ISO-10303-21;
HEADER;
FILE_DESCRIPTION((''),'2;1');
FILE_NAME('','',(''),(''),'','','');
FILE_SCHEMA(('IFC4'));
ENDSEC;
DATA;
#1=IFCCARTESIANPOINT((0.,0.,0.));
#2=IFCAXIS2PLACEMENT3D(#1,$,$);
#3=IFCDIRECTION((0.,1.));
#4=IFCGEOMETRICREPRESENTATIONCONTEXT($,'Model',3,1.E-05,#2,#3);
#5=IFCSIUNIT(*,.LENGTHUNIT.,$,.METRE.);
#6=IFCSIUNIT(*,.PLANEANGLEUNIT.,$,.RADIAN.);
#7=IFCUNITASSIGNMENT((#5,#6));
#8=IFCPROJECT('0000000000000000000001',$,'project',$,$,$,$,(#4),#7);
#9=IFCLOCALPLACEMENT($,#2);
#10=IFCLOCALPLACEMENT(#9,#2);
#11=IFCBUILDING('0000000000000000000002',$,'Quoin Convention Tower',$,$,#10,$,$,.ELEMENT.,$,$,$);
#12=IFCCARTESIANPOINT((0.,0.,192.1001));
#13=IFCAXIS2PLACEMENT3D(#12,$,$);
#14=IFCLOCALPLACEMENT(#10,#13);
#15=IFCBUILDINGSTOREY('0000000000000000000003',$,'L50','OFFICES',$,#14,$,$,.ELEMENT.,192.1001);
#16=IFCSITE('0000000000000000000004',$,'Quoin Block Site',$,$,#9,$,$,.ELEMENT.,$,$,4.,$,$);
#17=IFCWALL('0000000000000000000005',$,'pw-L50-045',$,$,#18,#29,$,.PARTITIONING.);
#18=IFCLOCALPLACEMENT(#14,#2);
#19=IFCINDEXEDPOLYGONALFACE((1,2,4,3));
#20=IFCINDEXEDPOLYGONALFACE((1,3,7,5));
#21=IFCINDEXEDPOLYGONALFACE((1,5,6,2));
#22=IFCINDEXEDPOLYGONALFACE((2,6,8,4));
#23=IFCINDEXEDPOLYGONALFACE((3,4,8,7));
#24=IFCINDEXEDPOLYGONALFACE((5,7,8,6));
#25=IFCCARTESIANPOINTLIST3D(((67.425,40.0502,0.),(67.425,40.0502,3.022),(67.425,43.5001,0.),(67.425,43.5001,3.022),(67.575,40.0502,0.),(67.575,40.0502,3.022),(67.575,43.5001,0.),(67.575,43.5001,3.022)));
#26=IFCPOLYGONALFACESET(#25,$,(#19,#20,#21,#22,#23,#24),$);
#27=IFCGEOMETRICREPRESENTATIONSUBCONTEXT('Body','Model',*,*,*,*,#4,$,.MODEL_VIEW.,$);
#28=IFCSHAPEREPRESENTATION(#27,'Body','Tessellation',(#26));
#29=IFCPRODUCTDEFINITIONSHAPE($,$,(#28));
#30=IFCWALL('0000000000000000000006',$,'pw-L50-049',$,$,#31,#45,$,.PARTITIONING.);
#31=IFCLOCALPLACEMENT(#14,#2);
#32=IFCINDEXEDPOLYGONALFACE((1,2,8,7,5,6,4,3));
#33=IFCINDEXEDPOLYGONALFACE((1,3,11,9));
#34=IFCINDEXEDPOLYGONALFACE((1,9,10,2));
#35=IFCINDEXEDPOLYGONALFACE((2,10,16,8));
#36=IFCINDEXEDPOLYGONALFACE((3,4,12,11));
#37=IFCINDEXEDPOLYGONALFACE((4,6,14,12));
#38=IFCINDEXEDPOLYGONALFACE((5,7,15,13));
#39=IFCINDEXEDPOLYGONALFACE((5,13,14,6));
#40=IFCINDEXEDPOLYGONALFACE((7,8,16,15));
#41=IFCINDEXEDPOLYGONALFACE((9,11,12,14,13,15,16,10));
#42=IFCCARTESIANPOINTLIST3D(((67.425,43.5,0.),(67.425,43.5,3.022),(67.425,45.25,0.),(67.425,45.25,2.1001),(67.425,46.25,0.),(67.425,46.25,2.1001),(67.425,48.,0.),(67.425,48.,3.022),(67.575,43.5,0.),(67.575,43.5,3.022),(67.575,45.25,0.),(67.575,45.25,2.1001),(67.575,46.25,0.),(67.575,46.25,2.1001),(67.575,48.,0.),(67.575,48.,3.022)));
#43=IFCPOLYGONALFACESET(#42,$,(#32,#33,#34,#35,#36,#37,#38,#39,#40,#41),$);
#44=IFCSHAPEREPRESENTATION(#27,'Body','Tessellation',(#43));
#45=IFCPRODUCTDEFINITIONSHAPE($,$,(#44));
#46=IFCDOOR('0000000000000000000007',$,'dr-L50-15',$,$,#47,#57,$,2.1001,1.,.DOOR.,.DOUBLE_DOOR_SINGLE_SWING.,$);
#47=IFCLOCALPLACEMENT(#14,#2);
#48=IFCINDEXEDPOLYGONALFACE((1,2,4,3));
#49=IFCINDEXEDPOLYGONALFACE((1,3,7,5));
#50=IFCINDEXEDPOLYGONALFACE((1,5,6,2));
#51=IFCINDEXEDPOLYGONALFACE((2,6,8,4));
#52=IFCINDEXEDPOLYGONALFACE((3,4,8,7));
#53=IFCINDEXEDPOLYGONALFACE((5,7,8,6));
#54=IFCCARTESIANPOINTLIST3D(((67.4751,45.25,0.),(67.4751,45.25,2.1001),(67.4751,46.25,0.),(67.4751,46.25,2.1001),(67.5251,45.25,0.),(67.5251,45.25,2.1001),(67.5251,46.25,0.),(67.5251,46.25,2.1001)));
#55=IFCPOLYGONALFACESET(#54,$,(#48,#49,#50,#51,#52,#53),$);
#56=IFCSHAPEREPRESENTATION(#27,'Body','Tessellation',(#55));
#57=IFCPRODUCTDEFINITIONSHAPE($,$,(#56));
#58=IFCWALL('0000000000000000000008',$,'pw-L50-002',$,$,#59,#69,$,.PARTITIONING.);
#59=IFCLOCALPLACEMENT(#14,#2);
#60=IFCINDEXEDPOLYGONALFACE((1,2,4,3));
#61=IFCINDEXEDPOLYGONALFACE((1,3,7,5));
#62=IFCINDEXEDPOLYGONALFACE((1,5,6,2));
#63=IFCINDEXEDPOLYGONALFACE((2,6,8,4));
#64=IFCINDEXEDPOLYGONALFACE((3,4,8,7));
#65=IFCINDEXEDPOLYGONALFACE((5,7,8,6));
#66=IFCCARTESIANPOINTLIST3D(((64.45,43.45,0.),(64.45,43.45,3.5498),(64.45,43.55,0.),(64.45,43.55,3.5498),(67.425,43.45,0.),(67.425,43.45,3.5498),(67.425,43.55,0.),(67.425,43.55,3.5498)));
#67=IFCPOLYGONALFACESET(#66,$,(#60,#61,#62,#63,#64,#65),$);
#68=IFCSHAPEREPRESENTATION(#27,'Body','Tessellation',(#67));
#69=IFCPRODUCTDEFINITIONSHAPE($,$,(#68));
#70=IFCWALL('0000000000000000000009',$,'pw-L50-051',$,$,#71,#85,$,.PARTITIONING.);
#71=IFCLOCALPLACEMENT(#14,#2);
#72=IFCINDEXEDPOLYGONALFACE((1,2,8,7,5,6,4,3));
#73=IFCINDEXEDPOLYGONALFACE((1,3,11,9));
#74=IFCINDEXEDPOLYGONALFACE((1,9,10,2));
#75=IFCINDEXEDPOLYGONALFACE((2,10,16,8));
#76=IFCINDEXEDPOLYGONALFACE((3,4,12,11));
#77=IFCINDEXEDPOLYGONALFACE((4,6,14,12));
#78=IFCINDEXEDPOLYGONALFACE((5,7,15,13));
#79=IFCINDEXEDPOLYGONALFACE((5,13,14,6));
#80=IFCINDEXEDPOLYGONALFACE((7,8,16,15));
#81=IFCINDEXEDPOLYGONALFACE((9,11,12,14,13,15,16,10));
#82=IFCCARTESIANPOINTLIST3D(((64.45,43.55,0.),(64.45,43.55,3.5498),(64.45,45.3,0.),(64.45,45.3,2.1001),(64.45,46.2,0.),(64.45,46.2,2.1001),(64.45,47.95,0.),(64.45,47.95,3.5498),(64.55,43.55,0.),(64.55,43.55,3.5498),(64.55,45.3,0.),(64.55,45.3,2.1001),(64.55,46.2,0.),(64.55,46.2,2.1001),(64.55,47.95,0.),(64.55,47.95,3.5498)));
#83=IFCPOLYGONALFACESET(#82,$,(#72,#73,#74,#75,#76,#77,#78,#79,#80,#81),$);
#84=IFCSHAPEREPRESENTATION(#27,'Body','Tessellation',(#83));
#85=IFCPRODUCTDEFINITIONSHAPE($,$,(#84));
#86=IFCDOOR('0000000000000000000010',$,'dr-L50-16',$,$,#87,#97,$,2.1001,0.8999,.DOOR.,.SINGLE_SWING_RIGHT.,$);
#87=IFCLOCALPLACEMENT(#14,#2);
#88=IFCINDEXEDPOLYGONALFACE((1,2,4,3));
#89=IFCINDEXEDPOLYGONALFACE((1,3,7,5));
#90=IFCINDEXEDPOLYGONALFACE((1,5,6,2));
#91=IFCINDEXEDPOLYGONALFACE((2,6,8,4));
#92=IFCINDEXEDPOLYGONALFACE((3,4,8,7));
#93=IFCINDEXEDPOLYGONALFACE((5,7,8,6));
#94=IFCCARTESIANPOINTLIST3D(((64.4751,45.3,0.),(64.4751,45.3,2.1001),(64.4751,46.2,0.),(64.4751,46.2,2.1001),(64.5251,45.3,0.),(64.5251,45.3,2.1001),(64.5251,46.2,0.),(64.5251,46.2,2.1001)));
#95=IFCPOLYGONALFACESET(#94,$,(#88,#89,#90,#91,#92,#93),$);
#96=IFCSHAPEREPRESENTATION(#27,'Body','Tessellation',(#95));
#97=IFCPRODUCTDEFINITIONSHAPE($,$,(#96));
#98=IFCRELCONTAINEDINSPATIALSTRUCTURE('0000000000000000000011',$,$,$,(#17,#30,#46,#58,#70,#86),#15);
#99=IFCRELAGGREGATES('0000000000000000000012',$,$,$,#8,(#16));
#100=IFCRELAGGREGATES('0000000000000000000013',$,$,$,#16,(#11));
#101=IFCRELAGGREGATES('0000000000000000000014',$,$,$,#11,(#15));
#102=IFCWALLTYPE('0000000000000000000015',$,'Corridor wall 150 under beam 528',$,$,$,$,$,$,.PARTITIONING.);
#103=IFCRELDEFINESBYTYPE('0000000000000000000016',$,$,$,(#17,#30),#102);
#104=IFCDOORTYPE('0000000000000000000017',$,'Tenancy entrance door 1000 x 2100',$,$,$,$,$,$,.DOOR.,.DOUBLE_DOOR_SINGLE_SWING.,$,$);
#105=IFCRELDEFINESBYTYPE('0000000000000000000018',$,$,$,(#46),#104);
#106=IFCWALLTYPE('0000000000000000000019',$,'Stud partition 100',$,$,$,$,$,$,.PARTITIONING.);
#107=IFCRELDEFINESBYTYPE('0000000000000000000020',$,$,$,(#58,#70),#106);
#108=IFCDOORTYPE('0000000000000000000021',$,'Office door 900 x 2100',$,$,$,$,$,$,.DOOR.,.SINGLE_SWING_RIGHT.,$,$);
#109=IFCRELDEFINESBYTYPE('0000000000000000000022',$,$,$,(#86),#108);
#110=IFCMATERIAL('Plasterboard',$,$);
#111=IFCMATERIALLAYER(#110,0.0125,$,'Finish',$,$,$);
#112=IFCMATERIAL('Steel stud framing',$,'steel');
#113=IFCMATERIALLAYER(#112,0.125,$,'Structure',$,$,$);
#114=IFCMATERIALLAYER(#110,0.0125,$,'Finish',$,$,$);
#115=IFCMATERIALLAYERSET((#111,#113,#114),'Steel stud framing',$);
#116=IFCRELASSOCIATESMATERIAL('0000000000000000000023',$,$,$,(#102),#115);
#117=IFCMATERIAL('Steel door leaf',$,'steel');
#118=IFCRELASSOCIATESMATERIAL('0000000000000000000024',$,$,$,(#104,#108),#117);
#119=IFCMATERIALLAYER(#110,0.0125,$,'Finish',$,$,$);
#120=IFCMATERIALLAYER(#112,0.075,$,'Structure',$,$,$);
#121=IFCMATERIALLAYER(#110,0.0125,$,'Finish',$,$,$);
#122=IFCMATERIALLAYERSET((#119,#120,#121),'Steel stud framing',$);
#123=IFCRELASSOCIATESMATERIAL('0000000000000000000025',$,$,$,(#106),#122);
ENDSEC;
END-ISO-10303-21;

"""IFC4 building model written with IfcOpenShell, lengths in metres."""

from ifc_helpers import new_model, si_unit, direction, frame, frame_2d, origin, place, context, subcontext, project, spatial, rectangle, extrude, material, layer, layer_set, type_object, element, fill, save


model = new_model("IFC4")

# Units and contexts
model_context = context("Model", 3, precision=1e-05, world=origin(), true_north=direction((0.0, 1.0)))
body_context = subcontext(model_context, "Body", "Model", "MODEL_VIEW")
ifc_project = project(units=[si_unit("LENGTHUNIT", "METRE"), si_unit("PLANEANGLEUNIT", "RADIAN")], contexts=[model_context])

# Site, building, storey
site_placement = place(None, origin())
site = spatial("IfcSite", under=ifc_project, at=site_placement, Name="Quoin Block Site", CompositionType="ELEMENT", RefElevation=4.0)
building_placement = place(site_placement, origin())
building = spatial("IfcBuilding", under=site, at=building_placement, Name="Quoin Convention Tower", CompositionType="ELEMENT")
storey_placement = place(building_placement, frame((0.0, 0.0, 192.1001)))
storey = spatial("IfcBuildingStorey", under=building, at=storey_placement, Name="L50", Description="OFFICES", CompositionType="ELEMENT", Elevation=192.1001)

# Wall
ifc_material_1 = material(Name="Plasterboard")
ifc_layer_1 = layer(ifc_material_1, 0.0125, Name="Finish")
ifc_material_2 = material(Name="Steel stud framing", Category="steel")
ifc_layer_2 = layer(ifc_material_2, 0.125, Name="Structure")
ifc_layer_3 = layer(ifc_material_1, 0.0125, Name="Finish")
ifc_layer_set_1 = layer_set([ifc_layer_1, ifc_layer_2, ifc_layer_3], Name="Steel stud framing")
wall_type_1 = type_object("IfcWallType", Name="Corridor wall 150 under beam 528", PredefinedType="PARTITIONING", material=ifc_layer_set_1)
wall_1_placement = place(storey_placement, frame((67.5, 40.05, 0.0), z_axis=(0.0, 0.0, 1.0), x_axis=(0.0, 1.0, 0.0)))
element("IfcWall", 1, at=wall_1_placement, inside=storey, type_object=wall_type_1, Name="pw-L50-045", PredefinedType="PARTITIONING", context=body_context, shape_type="SweptSolid", body=[
    extrude(rectangle(XDim=3.45, YDim=0.1499, at=frame_2d((1.7251, 0.0))), origin(), (0.0, 0.0, 1.0), 3.022),
])

# Wall, opening, door
wall_2_placement = place(storey_placement, frame((67.5, 43.5, 0.0), z_axis=(0.0, 0.0, 1.0), x_axis=(0.0, 1.0, 0.0)))
wall_2 = element("IfcWall", 2, at=wall_2_placement, inside=storey, type_object=wall_type_1, Name="pw-L50-049", PredefinedType="PARTITIONING", context=body_context, shape_type="SweptSolid", body=[
    extrude(rectangle(XDim=4.5, YDim=0.1499, at=frame_2d((2.25, 0.0))), origin(), (0.0, 0.0, 1.0), 3.022),
])
opening_1_placement = place(wall_2_placement, frame((1.75, 0.0, 0.0)))
opening_1 = element("IfcOpeningElement", 3, at=opening_1_placement, cuts=wall_2, PredefinedType="OPENING", context=body_context, shape_type="SweptSolid", body=[
    extrude(rectangle(XDim=1.0, YDim=2.1001, at=frame_2d((0.5, 1.05))), frame((0.0, 0.085, 0.0), z_axis=(0.0, -1.0, 0.0), x_axis=(1.0, 0.0, 0.0)), (0.0, 0.0, 1.0), 0.1699),
])
ifc_material_3 = material(Name="Steel door leaf", Category="steel")
door_type_1 = type_object("IfcDoorType", Name="Tenancy entrance door 1000 x 2100", OperationType="DOUBLE_DOOR_SINGLE_SWING", PredefinedType="DOOR", material=ifc_material_3)
door_1_placement = place(opening_1_placement, origin())
door_1 = element("IfcDoor", 4, at=door_1_placement, inside=storey, type_object=door_type_1, Name="dr-L50-15", OperationType="DOUBLE_DOOR_SINGLE_SWING", OverallHeight=2.1001, OverallWidth=1.0, PredefinedType="DOOR", context=body_context, shape_type="SweptSolid", body=[
    extrude(rectangle(XDim=1.0, YDim=2.1001, at=frame_2d((0.5, 1.05))), frame((0.0, 0.0249, 0.0), z_axis=(0.0, -1.0, 0.0), x_axis=(1.0, 0.0, 0.0)), (0.0, 0.0, 1.0), 0.05),
])
fill(opening_1, door_1)

# Wall
ifc_layer_4 = layer(ifc_material_1, 0.0125, Name="Finish")
ifc_layer_5 = layer(ifc_material_2, 0.075, Name="Structure")
ifc_layer_6 = layer(ifc_material_1, 0.0125, Name="Finish")
ifc_layer_set_2 = layer_set([ifc_layer_4, ifc_layer_5, ifc_layer_6], Name="Steel stud framing")
wall_type_2 = type_object("IfcWallType", Name="Stud partition 100", PredefinedType="PARTITIONING", material=ifc_layer_set_2)
wall_3_placement = place(storey_placement, frame((64.45, 43.5, 0.0), z_axis=(0.0, 0.0, 1.0), x_axis=(1.0, 0.0, 0.0)))
element("IfcWall", 5, at=wall_3_placement, inside=storey, type_object=wall_type_2, Name="pw-L50-002", PredefinedType="PARTITIONING", context=body_context, shape_type="SweptSolid", body=[
    extrude(rectangle(XDim=2.9751, YDim=0.1001, at=frame_2d((1.4875, 0.0))), origin(), (0.0, 0.0, 1.0), 3.5498),
])

# Wall, opening, door
wall_4_placement = place(storey_placement, frame((64.5, 43.55, 0.0), z_axis=(0.0, 0.0, 1.0), x_axis=(0.0, 1.0, 0.0)))
wall_4 = element("IfcWall", 6, at=wall_4_placement, inside=storey, type_object=wall_type_2, Name="pw-L50-051", PredefinedType="PARTITIONING", context=body_context, shape_type="SweptSolid", body=[
    extrude(rectangle(XDim=4.3999, YDim=0.1001, at=frame_2d((2.2, 0.0))), origin(), (0.0, 0.0, 1.0), 3.5498),
])
opening_2_placement = place(wall_4_placement, frame((1.75, 0.0, 0.0)))
opening_2 = element("IfcOpeningElement", 7, at=opening_2_placement, cuts=wall_4, PredefinedType="OPENING", context=body_context, shape_type="SweptSolid", body=[
    extrude(rectangle(XDim=0.8999, YDim=2.1001, at=frame_2d((0.45, 1.05))), frame((0.0, 0.0601, 0.0), z_axis=(0.0, -1.0, 0.0), x_axis=(1.0, 0.0, 0.0)), (0.0, 0.0, 1.0), 0.1201),
])
door_type_2 = type_object("IfcDoorType", Name="Office door 900 x 2100", OperationType="SINGLE_SWING_RIGHT", PredefinedType="DOOR", material=ifc_material_3)
door_2_placement = place(opening_2_placement, origin())
door_2 = element("IfcDoor", 8, at=door_2_placement, inside=storey, type_object=door_type_2, Name="dr-L50-16", OperationType="SINGLE_SWING_RIGHT", OverallHeight=2.1001, OverallWidth=0.8999, PredefinedType="DOOR", context=body_context, shape_type="SweptSolid", body=[
    extrude(rectangle(XDim=0.8999, YDim=2.1001, at=frame_2d((0.45, 1.05))), frame((0.0, 0.0249, 0.0), z_axis=(0.0, -1.0, 0.0), x_axis=(1.0, 0.0, 0.0)), (0.0, 0.0, 1.0), 0.05),
])
fill(opening_2, door_2)

save(model, "model.ifc")
